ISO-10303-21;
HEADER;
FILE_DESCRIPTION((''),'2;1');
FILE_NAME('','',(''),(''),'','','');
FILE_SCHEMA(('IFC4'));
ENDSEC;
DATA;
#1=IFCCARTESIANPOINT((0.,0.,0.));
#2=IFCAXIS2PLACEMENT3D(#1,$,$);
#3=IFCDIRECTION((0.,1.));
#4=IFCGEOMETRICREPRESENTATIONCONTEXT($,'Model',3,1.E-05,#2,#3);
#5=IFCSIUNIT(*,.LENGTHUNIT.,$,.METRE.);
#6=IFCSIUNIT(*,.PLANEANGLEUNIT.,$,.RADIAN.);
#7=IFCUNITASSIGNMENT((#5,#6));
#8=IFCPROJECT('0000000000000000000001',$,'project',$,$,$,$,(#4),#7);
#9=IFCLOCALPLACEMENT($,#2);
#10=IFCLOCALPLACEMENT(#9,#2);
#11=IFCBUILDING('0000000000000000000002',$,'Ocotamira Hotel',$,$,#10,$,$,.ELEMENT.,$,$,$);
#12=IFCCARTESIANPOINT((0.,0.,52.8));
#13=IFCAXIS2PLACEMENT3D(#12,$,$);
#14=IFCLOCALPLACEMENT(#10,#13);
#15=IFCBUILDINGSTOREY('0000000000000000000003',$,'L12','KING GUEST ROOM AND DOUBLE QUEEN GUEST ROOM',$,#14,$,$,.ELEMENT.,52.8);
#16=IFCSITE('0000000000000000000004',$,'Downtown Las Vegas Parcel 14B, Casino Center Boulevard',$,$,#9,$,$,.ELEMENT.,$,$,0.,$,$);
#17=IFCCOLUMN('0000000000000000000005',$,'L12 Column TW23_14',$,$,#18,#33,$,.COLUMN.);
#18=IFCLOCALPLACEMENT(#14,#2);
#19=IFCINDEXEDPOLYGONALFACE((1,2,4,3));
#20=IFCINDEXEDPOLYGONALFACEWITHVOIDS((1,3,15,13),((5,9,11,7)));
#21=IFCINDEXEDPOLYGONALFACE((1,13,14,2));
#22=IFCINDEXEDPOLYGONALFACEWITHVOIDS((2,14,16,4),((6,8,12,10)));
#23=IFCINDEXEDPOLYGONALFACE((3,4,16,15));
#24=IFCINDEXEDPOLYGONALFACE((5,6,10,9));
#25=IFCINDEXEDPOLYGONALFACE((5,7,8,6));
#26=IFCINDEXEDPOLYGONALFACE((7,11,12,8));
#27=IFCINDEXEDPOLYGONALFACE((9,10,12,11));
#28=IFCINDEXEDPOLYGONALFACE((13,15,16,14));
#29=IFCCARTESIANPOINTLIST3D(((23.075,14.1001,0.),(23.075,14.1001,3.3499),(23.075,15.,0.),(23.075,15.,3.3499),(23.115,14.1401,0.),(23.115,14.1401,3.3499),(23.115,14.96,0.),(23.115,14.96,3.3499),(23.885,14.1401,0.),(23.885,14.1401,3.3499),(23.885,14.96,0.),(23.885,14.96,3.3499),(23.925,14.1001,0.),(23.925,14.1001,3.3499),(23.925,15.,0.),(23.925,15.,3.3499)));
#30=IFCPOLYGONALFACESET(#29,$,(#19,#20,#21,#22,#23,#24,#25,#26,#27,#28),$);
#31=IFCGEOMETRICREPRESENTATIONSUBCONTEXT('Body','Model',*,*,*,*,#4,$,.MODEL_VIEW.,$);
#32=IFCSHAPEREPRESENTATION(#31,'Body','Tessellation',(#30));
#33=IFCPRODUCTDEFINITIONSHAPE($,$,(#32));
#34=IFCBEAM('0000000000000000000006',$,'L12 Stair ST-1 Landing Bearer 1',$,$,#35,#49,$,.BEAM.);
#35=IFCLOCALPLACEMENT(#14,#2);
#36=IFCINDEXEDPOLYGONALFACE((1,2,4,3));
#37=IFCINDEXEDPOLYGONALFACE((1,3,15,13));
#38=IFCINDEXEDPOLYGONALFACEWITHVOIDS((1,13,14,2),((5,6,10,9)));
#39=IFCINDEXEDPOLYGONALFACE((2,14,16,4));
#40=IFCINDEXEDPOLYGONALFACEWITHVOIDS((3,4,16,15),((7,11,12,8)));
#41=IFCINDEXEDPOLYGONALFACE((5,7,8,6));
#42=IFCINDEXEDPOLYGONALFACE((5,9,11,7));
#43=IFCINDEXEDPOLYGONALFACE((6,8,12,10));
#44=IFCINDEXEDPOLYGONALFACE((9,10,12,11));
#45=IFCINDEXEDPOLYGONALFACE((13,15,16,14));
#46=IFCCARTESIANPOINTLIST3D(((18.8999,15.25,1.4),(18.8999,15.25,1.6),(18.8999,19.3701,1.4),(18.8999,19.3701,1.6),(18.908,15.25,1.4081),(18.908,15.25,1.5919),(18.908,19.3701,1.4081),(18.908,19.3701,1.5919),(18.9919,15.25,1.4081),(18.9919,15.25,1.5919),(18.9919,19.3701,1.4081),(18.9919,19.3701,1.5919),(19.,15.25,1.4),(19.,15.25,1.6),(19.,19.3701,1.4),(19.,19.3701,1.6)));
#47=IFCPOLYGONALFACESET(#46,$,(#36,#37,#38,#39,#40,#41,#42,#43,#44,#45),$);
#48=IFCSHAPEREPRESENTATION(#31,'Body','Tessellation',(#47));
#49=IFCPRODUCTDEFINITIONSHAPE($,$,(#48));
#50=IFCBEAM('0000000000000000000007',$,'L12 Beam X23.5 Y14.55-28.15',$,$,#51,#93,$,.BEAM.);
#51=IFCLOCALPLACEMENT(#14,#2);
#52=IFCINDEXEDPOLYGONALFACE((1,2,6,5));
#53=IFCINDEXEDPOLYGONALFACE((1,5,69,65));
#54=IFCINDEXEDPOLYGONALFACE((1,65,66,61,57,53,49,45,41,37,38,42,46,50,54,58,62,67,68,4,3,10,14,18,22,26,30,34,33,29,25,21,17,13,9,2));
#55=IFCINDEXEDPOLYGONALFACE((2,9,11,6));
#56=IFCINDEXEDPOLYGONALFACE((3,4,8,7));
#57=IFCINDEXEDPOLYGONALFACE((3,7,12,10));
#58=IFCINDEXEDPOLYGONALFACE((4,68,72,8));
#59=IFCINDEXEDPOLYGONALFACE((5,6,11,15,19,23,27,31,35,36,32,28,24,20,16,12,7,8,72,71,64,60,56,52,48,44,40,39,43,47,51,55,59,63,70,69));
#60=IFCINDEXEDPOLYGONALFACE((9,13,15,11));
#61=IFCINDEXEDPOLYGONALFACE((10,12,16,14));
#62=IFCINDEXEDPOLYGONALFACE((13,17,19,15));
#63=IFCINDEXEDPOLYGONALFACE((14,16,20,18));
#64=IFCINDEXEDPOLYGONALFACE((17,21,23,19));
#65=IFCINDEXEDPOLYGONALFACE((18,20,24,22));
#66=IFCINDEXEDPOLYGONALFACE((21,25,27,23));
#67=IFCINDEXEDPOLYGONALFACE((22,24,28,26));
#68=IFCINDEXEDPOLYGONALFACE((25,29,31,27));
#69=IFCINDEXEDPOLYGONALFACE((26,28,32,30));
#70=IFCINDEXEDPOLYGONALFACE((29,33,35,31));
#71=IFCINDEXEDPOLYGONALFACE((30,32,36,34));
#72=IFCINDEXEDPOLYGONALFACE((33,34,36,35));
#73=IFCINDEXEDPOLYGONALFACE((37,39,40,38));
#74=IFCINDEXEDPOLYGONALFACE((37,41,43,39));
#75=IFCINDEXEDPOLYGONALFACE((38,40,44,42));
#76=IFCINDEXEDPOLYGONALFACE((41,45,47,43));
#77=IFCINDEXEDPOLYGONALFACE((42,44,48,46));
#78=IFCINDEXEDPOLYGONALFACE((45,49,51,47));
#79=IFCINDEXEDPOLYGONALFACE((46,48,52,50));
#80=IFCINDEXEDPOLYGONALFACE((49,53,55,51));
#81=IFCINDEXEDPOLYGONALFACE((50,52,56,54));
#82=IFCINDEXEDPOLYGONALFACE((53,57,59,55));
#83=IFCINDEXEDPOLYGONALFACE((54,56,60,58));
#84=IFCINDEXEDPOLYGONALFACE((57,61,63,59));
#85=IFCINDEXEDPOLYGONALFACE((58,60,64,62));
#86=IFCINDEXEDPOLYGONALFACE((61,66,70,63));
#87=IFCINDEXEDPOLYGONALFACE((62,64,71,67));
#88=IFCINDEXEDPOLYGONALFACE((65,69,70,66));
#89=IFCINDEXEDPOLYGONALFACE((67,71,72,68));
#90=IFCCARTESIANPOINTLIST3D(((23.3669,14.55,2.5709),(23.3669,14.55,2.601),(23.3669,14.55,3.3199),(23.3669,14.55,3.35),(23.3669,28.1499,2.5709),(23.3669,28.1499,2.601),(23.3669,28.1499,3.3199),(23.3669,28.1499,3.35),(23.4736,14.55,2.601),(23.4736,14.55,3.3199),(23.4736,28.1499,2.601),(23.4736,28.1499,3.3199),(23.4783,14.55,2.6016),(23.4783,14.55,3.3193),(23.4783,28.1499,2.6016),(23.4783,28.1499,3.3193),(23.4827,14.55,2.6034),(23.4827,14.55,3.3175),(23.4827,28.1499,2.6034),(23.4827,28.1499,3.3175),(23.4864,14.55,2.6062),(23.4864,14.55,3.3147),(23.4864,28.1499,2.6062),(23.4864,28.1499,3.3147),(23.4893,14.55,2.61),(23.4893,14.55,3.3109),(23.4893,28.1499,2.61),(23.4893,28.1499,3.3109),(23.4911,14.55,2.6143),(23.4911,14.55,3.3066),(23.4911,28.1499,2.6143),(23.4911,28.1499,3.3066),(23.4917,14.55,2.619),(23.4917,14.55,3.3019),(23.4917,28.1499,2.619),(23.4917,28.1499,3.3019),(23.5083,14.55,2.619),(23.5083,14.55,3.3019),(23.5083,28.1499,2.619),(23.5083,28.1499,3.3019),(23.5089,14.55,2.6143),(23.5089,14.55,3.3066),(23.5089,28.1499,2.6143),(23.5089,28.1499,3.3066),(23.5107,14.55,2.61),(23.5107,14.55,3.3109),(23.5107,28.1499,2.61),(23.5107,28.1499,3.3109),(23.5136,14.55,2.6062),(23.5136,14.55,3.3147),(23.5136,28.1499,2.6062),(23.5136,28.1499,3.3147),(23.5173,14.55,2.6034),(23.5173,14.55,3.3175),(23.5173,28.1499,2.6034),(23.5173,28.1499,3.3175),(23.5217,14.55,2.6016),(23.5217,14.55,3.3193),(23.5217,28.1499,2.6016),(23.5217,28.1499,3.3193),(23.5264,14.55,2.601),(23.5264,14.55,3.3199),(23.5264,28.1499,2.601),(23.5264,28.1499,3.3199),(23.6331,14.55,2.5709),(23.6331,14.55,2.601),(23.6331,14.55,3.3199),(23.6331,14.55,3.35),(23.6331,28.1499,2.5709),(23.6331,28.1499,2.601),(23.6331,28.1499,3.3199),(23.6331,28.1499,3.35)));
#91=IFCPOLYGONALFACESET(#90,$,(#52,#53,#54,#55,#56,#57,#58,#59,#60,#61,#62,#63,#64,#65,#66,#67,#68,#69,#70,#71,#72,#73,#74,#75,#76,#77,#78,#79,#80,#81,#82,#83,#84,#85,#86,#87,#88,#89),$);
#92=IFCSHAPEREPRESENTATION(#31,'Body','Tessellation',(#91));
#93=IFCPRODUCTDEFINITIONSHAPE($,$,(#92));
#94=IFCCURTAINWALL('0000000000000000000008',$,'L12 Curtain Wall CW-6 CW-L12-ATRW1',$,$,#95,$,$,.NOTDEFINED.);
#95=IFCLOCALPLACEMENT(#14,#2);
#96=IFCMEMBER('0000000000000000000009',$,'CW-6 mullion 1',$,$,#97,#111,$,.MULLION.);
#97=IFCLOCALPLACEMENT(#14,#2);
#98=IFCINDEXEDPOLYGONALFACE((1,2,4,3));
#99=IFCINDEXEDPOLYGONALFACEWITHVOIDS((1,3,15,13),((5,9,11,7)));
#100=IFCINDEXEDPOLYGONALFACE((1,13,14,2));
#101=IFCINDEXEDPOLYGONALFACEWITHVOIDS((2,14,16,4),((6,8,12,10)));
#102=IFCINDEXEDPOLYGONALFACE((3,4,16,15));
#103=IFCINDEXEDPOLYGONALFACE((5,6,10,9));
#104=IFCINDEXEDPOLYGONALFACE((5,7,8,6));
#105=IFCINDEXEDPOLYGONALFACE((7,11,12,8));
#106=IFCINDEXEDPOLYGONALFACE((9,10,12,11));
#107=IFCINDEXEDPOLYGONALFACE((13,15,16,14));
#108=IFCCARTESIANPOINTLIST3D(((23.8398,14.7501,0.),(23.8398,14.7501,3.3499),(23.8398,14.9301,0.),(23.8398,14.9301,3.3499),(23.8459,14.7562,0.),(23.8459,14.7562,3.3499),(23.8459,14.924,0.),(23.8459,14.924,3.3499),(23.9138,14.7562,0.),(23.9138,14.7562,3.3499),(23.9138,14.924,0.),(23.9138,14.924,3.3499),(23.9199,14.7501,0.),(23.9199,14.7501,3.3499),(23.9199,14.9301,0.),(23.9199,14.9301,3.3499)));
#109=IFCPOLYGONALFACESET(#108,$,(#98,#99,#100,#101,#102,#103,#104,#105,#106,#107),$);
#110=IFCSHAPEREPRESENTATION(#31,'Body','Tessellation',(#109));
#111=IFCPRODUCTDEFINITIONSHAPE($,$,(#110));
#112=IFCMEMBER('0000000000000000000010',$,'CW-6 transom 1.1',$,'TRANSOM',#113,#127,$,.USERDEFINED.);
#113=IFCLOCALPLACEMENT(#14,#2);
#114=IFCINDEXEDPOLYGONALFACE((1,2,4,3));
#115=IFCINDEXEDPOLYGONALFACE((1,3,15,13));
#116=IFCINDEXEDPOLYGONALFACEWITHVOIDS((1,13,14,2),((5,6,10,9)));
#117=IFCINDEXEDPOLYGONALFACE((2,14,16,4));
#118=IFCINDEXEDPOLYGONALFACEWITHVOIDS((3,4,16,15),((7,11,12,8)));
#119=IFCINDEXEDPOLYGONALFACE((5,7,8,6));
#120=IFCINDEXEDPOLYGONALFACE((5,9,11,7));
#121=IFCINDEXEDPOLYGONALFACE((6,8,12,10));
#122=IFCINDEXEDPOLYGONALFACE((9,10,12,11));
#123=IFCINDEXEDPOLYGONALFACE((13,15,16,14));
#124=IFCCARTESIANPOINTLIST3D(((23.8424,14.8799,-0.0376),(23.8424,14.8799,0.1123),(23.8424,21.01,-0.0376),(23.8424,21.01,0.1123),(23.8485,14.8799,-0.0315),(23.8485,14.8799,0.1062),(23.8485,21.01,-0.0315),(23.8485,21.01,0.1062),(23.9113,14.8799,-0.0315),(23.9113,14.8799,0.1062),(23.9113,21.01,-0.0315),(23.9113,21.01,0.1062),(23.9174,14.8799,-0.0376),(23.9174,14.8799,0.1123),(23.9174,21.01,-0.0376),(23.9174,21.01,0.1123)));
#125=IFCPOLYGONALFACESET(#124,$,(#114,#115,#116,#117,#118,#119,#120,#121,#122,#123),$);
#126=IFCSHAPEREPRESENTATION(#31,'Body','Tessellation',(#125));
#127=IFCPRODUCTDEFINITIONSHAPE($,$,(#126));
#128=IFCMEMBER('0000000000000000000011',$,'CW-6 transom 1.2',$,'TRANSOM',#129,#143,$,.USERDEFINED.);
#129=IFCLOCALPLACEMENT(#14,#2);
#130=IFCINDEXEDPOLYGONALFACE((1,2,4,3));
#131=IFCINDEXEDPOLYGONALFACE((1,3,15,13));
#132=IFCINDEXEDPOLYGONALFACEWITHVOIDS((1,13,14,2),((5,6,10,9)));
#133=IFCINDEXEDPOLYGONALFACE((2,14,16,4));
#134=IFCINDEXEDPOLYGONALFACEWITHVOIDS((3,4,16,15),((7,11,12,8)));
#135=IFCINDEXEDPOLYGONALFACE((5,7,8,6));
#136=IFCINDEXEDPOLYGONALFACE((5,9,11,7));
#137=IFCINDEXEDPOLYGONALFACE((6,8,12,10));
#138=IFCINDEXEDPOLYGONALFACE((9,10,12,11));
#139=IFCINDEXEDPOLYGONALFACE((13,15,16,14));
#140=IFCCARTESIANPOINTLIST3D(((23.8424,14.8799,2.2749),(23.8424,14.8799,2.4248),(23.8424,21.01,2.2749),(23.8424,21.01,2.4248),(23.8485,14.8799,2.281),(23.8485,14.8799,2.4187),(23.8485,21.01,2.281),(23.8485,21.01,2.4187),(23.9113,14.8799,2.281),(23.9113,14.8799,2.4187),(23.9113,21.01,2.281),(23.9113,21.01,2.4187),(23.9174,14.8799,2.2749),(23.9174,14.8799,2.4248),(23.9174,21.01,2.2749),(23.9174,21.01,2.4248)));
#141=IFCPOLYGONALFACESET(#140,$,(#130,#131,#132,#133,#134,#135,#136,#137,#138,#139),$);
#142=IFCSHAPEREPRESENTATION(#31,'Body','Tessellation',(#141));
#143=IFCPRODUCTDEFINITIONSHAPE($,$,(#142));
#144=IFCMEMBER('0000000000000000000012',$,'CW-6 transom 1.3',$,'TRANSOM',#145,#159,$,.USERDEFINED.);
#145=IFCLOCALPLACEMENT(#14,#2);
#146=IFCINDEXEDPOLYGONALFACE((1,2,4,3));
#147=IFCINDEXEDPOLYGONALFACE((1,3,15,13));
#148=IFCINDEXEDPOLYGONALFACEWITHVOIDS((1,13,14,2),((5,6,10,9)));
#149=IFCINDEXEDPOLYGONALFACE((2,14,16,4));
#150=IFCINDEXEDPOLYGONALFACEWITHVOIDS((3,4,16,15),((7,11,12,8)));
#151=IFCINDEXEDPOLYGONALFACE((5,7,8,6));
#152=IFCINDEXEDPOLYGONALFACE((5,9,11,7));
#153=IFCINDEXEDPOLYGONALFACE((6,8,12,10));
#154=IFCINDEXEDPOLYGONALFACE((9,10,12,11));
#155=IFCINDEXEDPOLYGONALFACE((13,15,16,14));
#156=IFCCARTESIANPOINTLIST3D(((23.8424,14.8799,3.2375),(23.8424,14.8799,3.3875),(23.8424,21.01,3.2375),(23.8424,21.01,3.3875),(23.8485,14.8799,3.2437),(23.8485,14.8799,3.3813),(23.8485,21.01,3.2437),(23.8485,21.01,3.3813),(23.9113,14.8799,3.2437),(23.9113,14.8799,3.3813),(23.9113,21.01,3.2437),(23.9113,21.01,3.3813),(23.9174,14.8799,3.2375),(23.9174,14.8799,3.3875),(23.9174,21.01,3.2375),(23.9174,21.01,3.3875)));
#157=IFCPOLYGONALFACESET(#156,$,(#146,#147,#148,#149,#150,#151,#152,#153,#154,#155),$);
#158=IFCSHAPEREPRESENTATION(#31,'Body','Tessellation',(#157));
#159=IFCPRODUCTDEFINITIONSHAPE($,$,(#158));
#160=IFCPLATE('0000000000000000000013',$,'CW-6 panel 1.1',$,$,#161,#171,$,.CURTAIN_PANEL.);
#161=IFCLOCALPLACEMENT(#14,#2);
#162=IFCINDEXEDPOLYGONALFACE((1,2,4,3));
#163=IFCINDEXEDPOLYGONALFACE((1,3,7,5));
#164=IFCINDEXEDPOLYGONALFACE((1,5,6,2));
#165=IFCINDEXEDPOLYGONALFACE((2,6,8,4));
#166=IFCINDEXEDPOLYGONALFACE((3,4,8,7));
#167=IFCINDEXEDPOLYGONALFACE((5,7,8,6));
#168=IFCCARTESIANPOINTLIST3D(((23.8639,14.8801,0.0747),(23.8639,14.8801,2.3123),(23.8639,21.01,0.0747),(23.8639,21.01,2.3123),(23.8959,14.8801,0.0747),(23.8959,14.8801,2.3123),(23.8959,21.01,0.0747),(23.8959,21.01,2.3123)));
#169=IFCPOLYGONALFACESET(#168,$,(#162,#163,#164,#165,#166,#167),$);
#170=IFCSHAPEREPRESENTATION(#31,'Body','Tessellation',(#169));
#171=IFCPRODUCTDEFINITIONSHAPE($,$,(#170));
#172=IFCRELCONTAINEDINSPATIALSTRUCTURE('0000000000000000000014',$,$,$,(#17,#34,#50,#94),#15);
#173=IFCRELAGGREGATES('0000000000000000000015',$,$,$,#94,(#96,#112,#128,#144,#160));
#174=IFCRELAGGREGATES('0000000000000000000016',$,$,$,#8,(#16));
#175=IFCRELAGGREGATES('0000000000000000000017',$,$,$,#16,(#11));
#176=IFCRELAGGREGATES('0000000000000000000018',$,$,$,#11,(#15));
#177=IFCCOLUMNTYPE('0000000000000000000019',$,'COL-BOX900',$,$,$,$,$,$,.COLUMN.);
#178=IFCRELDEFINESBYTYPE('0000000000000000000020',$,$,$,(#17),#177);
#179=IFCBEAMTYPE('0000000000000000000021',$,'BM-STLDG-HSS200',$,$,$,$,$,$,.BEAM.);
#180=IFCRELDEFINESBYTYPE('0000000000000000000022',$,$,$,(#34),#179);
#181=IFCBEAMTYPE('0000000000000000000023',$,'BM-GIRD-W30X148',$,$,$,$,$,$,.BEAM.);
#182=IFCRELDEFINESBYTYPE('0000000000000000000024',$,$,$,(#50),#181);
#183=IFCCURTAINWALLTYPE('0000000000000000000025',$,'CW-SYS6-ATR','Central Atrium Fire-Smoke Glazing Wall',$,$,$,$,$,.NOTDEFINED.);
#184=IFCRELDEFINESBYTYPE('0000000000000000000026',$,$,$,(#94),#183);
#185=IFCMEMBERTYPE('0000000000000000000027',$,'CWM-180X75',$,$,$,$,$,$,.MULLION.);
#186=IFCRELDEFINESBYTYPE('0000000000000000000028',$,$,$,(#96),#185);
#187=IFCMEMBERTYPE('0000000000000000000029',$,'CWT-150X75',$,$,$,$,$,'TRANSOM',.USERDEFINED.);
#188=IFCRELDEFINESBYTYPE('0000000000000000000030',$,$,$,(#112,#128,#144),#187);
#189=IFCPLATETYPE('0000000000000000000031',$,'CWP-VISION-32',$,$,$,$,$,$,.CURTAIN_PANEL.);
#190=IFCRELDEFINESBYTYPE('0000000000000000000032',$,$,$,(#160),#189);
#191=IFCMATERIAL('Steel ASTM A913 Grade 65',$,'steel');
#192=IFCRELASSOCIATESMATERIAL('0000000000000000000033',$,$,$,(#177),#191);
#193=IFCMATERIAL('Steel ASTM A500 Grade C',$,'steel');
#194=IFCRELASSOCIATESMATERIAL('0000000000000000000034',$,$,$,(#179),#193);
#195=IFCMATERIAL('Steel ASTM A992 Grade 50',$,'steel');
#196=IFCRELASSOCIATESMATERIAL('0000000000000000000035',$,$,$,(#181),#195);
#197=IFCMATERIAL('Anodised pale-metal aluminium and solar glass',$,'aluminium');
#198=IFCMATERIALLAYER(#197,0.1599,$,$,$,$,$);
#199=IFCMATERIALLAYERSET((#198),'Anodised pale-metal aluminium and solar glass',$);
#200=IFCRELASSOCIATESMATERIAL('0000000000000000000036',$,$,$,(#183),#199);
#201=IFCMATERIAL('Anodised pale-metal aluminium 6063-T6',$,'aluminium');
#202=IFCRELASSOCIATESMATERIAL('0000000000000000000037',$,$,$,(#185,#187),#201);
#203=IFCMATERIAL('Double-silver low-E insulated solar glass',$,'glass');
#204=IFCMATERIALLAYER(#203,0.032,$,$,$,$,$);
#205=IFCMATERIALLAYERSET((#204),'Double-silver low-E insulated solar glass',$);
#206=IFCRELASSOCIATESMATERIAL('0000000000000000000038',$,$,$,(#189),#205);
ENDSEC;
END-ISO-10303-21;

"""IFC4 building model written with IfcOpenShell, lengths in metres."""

from ifc_helpers import new_model, si_unit, direction, frame, origin, origin_2d, place, context, subcontext, project, spatial, rectangle, hollow_rectangle, i_section, extrude, source, transform, mapped, material, layer, layer_set, material_profile, profile_set, type_object, element, aggregate, save


model = new_model("IFC4")

# Units and contexts
model_context = context("Model", 3, precision=1e-05, world=origin(), true_north=direction((0.0, 1.0)))
body_context = subcontext(model_context, "Body", "Model", "MODEL_VIEW")
ifc_project = project(units=[si_unit("LENGTHUNIT", "METRE"), si_unit("PLANEANGLEUNIT", "RADIAN")], contexts=[model_context])

# Site, building, storey
site_placement = place(None, origin())
site = spatial("IfcSite", under=ifc_project, at=site_placement, Name="Downtown Las Vegas Parcel 14B, Casino Center Boulevard", CompositionType="ELEMENT", RefElevation=0.0)
building_placement = place(site_placement, origin())
building = spatial("IfcBuilding", under=site, at=building_placement, Name="Ocotamira Hotel", CompositionType="ELEMENT")
storey_placement = place(building_placement, frame((0.0, 0.0, 52.8)))
storey = spatial("IfcBuildingStorey", under=building, at=storey_placement, Name="L12", Description="KING GUEST ROOM AND DOUBLE QUEEN GUEST ROOM", CompositionType="ELEMENT", Elevation=52.8)

# Column
ifc_material_1 = material(Name="Steel ASTM A913 Grade 65", Category="steel")
ifc_material_profile_1 = material_profile(ifc_material_1, hollow_rectangle(XDim=0.8501, YDim=0.8999, WallThickness=0.04, at=origin_2d()), Name="BOX900X850X40")
ifc_profile_set_1 = profile_set([ifc_material_profile_1], Name="Steel ASTM A913 Grade 65")
column_type = type_object("IfcColumnType", Name="COL-BOX900", PredefinedType="COLUMN", material=ifc_profile_set_1)
shared_shape_1 = source(origin(), body_context, "Body", "SweptSolid", [
    extrude(hollow_rectangle(XDim=0.8501, YDim=0.8999, WallThickness=0.04, at=origin_2d()), origin(), (0.0, 0.0, 1.0), 3.3499),
])
column_placement = place(storey_placement, frame((23.5, 14.55, 0.0), z_axis=(0.0, 0.0, 1.0), x_axis=(1.0, 0.0, 0.0)))
element("IfcColumn", 1, at=column_placement, inside=storey, type_object=column_type, Name="L12 Column TW23_14", PredefinedType="COLUMN", context=body_context, shape_type="MappedRepresentation", body=[
    mapped(shared_shape_1, transform((0.0, 0.0, 0.0), scale=1.0)),
])

# Beams
ifc_material_2 = material(Name="Steel ASTM A500 Grade C", Category="steel")
ifc_material_profile_2 = material_profile(ifc_material_2, hollow_rectangle(XDim=0.1001, YDim=0.2, WallThickness=0.0081, at=origin_2d()), Name="HSS200X100X8")
ifc_profile_set_2 = profile_set([ifc_material_profile_2], Name="Steel ASTM A500 Grade C")
beam_type_1 = type_object("IfcBeamType", Name="BM-STLDG-HSS200", PredefinedType="BEAM", material=ifc_profile_set_2)
shared_shape_2 = source(origin(), body_context, "Body", "SweptSolid", [
    extrude(hollow_rectangle(XDim=0.1001, YDim=0.2, WallThickness=0.0081, at=origin_2d()), origin(), (0.0, 0.0, 1.0), 4.1201),
])
beam_1_placement = place(storey_placement, frame((18.95, 15.25, 1.5), z_axis=(0.0, 1.0, 0.0), x_axis=(-1.0, 0.0, 0.0)))
element("IfcBeam", 2, at=beam_1_placement, inside=storey, type_object=beam_type_1, Name="L12 Stair ST-1 Landing Bearer 1", PredefinedType="BEAM", context=body_context, shape_type="MappedRepresentation", body=[
    mapped(shared_shape_2, transform((0.0, 0.0, 0.0), scale=1.0)),
])
ifc_material_3 = material(Name="Steel ASTM A992 Grade 50", Category="steel")
ifc_material_profile_3 = material_profile(ifc_material_3, i_section(OverallWidth=0.2661, OverallDepth=0.7791, WebThickness=0.0166, FlangeThickness=0.03, FilletRadius=0.0181, at=origin_2d()), Name="W30X148")
ifc_profile_set_3 = profile_set([ifc_material_profile_3], Name="Steel ASTM A992 Grade 50")
beam_type_2 = type_object("IfcBeamType", Name="BM-GIRD-W30X148", PredefinedType="BEAM", material=ifc_profile_set_3)
shared_shape_3 = source(origin(), body_context, "Body", "SweptSolid", [
    extrude(i_section(OverallWidth=0.2661, OverallDepth=0.7791, WebThickness=0.0166, FlangeThickness=0.03, FilletRadius=0.0181, at=origin_2d()), origin(), (0.0, 0.0, 1.0), 13.5999),
])
beam_2_placement = place(storey_placement, frame((23.5, 14.55, 2.9604), z_axis=(0.0, 1.0, 0.0), x_axis=(-1.0, 0.0, 0.0)))
element("IfcBeam", 3, at=beam_2_placement, inside=storey, type_object=beam_type_2, Name="L12 Beam X23.5 Y14.55-28.15", PredefinedType="BEAM", context=body_context, shape_type="MappedRepresentation", body=[
    mapped(shared_shape_3, transform((0.0, 0.0, 0.0), scale=1.0)),
])

# Curtain wall, members, plate
ifc_material_4 = material(Name="Anodised pale-metal aluminium and solar glass", Category="aluminium")
ifc_layer_1 = layer(ifc_material_4, 0.1599)
ifc_layer_set_1 = layer_set([ifc_layer_1], Name="Anodised pale-metal aluminium and solar glass")
curtain_wall_type = type_object("IfcCurtainWallType", Name="CW-SYS6-ATR", Description="Central Atrium Fire-Smoke Glazing Wall", PredefinedType="NOTDEFINED", material=ifc_layer_set_1)
curtain_wall_placement = place(storey_placement, origin())
curtain_wall = element("IfcCurtainWall", 4, at=curtain_wall_placement, inside=storey, type_object=curtain_wall_type, Name="L12 Curtain Wall CW-6 CW-L12-ATRW1", PredefinedType="NOTDEFINED")
ifc_material_5 = material(Name="Anodised pale-metal aluminium 6063-T6", Category="aluminium")
ifc_material_profile_4 = material_profile(ifc_material_5, hollow_rectangle(XDim=0.0801, YDim=0.1799, WallThickness=0.0061, at=origin_2d()), Name="HSS180X80X6")
ifc_profile_set_4 = profile_set([ifc_material_profile_4], Name="Anodised pale-metal aluminium 6063-T6")
member_type_1 = type_object("IfcMemberType", Name="CWM-180X75", PredefinedType="MULLION", material=ifc_profile_set_4)
shared_shape_4 = source(origin(), body_context, "Body", "SweptSolid", [
    extrude(hollow_rectangle(XDim=0.0801, YDim=0.1799, WallThickness=0.0061, at=origin_2d()), origin(), (0.0, 0.0, 1.0), 3.3499),
])
member_1_placement = place(storey_placement, frame((23.8799, 14.8401, 0.0), z_axis=(0.0, 0.0, 1.0), x_axis=(-1.0, 0.0, 0.0)))
member_1 = element("IfcMember", 5, at=member_1_placement, type_object=member_type_1, Name="CW-6 mullion 1", PredefinedType="MULLION", context=body_context, shape_type="MappedRepresentation", body=[
    mapped(shared_shape_4, transform((0.0, 0.0, 0.0), scale=1.0)),
])
ifc_material_profile_5 = material_profile(ifc_material_5, hollow_rectangle(XDim=0.075, YDim=0.1499, WallThickness=0.0061, at=origin_2d()), Name="HSS150X75X6")
ifc_profile_set_5 = profile_set([ifc_material_profile_5], Name="Anodised pale-metal aluminium 6063-T6")
member_type_2 = type_object("IfcMemberType", Name="CWT-150X75", ElementType="TRANSOM", PredefinedType="USERDEFINED", material=ifc_profile_set_5)
shared_shape_5 = source(origin(), body_context, "Body", "SweptSolid", [
    extrude(hollow_rectangle(XDim=0.075, YDim=0.1499, WallThickness=0.0061, at=origin_2d()), origin(), (0.0, 0.0, 1.0), 6.1301),
])
member_2_placement = place(storey_placement, frame((23.8799, 14.8799, 0.0374), z_axis=(0.0, 1.0, 0.0), x_axis=(-1.0, 0.0, 0.0)))
member_2 = element("IfcMember", 6, at=member_2_placement, type_object=member_type_2, Name="CW-6 transom 1.1", ObjectType="TRANSOM", PredefinedType="USERDEFINED", context=body_context, shape_type="MappedRepresentation", body=[
    mapped(shared_shape_5, transform((0.0, 0.0, 0.0), scale=1.0)),
])
member_3_placement = place(storey_placement, frame((23.8799, 14.8799, 2.3499), z_axis=(0.0, 1.0, 0.0), x_axis=(-1.0, 0.0, 0.0)))
member_3 = element("IfcMember", 7, at=member_3_placement, type_object=member_type_2, Name="CW-6 transom 1.2", ObjectType="TRANSOM", PredefinedType="USERDEFINED", context=body_context, shape_type="MappedRepresentation", body=[
    mapped(shared_shape_5, transform((0.0, 0.0, 0.0), scale=1.0)),
])
member_4_placement = place(storey_placement, frame((23.8799, 14.8799, 3.3125), z_axis=(0.0, 1.0, 0.0), x_axis=(-1.0, 0.0, 0.0)))
member_4 = element("IfcMember", 8, at=member_4_placement, type_object=member_type_2, Name="CW-6 transom 1.3", ObjectType="TRANSOM", PredefinedType="USERDEFINED", context=body_context, shape_type="MappedRepresentation", body=[
    mapped(shared_shape_5, transform((0.0, 0.0, 0.0), scale=1.0)),
])
ifc_material_6 = material(Name="Double-silver low-E insulated solar glass", Category="glass")
ifc_layer_2 = layer(ifc_material_6, 0.032)
ifc_layer_set_2 = layer_set([ifc_layer_2], Name="Double-silver low-E insulated solar glass")
plate_type = type_object("IfcPlateType", Name="CWP-VISION-32", PredefinedType="CURTAIN_PANEL", material=ifc_layer_set_2)
shared_shape_6 = source(origin(), body_context, "Body", "SweptSolid", [
    extrude(rectangle(XDim=6.1299, YDim=0.032, at=origin_2d()), origin(), (0.0, 0.0, 1.0), 2.2375),
])
plate_1_placement = place(storey_placement, frame((23.8799, 17.9451, 0.0747), z_axis=(0.0, 0.0, 1.0), x_axis=(0.0, 1.0, 0.0)))
plate_1 = element("IfcPlate", 9, at=plate_1_placement, type_object=plate_type, Name="CW-6 panel 1.1", PredefinedType="CURTAIN_PANEL", context=body_context, shape_type="MappedRepresentation", body=[
    mapped(shared_shape_6, transform((0.0, 0.0, 0.0), scale=1.0)),
])
aggregate(curtain_wall, [member_1, member_2, member_3, member_4, plate_1])

save(model, "model.ifc")
